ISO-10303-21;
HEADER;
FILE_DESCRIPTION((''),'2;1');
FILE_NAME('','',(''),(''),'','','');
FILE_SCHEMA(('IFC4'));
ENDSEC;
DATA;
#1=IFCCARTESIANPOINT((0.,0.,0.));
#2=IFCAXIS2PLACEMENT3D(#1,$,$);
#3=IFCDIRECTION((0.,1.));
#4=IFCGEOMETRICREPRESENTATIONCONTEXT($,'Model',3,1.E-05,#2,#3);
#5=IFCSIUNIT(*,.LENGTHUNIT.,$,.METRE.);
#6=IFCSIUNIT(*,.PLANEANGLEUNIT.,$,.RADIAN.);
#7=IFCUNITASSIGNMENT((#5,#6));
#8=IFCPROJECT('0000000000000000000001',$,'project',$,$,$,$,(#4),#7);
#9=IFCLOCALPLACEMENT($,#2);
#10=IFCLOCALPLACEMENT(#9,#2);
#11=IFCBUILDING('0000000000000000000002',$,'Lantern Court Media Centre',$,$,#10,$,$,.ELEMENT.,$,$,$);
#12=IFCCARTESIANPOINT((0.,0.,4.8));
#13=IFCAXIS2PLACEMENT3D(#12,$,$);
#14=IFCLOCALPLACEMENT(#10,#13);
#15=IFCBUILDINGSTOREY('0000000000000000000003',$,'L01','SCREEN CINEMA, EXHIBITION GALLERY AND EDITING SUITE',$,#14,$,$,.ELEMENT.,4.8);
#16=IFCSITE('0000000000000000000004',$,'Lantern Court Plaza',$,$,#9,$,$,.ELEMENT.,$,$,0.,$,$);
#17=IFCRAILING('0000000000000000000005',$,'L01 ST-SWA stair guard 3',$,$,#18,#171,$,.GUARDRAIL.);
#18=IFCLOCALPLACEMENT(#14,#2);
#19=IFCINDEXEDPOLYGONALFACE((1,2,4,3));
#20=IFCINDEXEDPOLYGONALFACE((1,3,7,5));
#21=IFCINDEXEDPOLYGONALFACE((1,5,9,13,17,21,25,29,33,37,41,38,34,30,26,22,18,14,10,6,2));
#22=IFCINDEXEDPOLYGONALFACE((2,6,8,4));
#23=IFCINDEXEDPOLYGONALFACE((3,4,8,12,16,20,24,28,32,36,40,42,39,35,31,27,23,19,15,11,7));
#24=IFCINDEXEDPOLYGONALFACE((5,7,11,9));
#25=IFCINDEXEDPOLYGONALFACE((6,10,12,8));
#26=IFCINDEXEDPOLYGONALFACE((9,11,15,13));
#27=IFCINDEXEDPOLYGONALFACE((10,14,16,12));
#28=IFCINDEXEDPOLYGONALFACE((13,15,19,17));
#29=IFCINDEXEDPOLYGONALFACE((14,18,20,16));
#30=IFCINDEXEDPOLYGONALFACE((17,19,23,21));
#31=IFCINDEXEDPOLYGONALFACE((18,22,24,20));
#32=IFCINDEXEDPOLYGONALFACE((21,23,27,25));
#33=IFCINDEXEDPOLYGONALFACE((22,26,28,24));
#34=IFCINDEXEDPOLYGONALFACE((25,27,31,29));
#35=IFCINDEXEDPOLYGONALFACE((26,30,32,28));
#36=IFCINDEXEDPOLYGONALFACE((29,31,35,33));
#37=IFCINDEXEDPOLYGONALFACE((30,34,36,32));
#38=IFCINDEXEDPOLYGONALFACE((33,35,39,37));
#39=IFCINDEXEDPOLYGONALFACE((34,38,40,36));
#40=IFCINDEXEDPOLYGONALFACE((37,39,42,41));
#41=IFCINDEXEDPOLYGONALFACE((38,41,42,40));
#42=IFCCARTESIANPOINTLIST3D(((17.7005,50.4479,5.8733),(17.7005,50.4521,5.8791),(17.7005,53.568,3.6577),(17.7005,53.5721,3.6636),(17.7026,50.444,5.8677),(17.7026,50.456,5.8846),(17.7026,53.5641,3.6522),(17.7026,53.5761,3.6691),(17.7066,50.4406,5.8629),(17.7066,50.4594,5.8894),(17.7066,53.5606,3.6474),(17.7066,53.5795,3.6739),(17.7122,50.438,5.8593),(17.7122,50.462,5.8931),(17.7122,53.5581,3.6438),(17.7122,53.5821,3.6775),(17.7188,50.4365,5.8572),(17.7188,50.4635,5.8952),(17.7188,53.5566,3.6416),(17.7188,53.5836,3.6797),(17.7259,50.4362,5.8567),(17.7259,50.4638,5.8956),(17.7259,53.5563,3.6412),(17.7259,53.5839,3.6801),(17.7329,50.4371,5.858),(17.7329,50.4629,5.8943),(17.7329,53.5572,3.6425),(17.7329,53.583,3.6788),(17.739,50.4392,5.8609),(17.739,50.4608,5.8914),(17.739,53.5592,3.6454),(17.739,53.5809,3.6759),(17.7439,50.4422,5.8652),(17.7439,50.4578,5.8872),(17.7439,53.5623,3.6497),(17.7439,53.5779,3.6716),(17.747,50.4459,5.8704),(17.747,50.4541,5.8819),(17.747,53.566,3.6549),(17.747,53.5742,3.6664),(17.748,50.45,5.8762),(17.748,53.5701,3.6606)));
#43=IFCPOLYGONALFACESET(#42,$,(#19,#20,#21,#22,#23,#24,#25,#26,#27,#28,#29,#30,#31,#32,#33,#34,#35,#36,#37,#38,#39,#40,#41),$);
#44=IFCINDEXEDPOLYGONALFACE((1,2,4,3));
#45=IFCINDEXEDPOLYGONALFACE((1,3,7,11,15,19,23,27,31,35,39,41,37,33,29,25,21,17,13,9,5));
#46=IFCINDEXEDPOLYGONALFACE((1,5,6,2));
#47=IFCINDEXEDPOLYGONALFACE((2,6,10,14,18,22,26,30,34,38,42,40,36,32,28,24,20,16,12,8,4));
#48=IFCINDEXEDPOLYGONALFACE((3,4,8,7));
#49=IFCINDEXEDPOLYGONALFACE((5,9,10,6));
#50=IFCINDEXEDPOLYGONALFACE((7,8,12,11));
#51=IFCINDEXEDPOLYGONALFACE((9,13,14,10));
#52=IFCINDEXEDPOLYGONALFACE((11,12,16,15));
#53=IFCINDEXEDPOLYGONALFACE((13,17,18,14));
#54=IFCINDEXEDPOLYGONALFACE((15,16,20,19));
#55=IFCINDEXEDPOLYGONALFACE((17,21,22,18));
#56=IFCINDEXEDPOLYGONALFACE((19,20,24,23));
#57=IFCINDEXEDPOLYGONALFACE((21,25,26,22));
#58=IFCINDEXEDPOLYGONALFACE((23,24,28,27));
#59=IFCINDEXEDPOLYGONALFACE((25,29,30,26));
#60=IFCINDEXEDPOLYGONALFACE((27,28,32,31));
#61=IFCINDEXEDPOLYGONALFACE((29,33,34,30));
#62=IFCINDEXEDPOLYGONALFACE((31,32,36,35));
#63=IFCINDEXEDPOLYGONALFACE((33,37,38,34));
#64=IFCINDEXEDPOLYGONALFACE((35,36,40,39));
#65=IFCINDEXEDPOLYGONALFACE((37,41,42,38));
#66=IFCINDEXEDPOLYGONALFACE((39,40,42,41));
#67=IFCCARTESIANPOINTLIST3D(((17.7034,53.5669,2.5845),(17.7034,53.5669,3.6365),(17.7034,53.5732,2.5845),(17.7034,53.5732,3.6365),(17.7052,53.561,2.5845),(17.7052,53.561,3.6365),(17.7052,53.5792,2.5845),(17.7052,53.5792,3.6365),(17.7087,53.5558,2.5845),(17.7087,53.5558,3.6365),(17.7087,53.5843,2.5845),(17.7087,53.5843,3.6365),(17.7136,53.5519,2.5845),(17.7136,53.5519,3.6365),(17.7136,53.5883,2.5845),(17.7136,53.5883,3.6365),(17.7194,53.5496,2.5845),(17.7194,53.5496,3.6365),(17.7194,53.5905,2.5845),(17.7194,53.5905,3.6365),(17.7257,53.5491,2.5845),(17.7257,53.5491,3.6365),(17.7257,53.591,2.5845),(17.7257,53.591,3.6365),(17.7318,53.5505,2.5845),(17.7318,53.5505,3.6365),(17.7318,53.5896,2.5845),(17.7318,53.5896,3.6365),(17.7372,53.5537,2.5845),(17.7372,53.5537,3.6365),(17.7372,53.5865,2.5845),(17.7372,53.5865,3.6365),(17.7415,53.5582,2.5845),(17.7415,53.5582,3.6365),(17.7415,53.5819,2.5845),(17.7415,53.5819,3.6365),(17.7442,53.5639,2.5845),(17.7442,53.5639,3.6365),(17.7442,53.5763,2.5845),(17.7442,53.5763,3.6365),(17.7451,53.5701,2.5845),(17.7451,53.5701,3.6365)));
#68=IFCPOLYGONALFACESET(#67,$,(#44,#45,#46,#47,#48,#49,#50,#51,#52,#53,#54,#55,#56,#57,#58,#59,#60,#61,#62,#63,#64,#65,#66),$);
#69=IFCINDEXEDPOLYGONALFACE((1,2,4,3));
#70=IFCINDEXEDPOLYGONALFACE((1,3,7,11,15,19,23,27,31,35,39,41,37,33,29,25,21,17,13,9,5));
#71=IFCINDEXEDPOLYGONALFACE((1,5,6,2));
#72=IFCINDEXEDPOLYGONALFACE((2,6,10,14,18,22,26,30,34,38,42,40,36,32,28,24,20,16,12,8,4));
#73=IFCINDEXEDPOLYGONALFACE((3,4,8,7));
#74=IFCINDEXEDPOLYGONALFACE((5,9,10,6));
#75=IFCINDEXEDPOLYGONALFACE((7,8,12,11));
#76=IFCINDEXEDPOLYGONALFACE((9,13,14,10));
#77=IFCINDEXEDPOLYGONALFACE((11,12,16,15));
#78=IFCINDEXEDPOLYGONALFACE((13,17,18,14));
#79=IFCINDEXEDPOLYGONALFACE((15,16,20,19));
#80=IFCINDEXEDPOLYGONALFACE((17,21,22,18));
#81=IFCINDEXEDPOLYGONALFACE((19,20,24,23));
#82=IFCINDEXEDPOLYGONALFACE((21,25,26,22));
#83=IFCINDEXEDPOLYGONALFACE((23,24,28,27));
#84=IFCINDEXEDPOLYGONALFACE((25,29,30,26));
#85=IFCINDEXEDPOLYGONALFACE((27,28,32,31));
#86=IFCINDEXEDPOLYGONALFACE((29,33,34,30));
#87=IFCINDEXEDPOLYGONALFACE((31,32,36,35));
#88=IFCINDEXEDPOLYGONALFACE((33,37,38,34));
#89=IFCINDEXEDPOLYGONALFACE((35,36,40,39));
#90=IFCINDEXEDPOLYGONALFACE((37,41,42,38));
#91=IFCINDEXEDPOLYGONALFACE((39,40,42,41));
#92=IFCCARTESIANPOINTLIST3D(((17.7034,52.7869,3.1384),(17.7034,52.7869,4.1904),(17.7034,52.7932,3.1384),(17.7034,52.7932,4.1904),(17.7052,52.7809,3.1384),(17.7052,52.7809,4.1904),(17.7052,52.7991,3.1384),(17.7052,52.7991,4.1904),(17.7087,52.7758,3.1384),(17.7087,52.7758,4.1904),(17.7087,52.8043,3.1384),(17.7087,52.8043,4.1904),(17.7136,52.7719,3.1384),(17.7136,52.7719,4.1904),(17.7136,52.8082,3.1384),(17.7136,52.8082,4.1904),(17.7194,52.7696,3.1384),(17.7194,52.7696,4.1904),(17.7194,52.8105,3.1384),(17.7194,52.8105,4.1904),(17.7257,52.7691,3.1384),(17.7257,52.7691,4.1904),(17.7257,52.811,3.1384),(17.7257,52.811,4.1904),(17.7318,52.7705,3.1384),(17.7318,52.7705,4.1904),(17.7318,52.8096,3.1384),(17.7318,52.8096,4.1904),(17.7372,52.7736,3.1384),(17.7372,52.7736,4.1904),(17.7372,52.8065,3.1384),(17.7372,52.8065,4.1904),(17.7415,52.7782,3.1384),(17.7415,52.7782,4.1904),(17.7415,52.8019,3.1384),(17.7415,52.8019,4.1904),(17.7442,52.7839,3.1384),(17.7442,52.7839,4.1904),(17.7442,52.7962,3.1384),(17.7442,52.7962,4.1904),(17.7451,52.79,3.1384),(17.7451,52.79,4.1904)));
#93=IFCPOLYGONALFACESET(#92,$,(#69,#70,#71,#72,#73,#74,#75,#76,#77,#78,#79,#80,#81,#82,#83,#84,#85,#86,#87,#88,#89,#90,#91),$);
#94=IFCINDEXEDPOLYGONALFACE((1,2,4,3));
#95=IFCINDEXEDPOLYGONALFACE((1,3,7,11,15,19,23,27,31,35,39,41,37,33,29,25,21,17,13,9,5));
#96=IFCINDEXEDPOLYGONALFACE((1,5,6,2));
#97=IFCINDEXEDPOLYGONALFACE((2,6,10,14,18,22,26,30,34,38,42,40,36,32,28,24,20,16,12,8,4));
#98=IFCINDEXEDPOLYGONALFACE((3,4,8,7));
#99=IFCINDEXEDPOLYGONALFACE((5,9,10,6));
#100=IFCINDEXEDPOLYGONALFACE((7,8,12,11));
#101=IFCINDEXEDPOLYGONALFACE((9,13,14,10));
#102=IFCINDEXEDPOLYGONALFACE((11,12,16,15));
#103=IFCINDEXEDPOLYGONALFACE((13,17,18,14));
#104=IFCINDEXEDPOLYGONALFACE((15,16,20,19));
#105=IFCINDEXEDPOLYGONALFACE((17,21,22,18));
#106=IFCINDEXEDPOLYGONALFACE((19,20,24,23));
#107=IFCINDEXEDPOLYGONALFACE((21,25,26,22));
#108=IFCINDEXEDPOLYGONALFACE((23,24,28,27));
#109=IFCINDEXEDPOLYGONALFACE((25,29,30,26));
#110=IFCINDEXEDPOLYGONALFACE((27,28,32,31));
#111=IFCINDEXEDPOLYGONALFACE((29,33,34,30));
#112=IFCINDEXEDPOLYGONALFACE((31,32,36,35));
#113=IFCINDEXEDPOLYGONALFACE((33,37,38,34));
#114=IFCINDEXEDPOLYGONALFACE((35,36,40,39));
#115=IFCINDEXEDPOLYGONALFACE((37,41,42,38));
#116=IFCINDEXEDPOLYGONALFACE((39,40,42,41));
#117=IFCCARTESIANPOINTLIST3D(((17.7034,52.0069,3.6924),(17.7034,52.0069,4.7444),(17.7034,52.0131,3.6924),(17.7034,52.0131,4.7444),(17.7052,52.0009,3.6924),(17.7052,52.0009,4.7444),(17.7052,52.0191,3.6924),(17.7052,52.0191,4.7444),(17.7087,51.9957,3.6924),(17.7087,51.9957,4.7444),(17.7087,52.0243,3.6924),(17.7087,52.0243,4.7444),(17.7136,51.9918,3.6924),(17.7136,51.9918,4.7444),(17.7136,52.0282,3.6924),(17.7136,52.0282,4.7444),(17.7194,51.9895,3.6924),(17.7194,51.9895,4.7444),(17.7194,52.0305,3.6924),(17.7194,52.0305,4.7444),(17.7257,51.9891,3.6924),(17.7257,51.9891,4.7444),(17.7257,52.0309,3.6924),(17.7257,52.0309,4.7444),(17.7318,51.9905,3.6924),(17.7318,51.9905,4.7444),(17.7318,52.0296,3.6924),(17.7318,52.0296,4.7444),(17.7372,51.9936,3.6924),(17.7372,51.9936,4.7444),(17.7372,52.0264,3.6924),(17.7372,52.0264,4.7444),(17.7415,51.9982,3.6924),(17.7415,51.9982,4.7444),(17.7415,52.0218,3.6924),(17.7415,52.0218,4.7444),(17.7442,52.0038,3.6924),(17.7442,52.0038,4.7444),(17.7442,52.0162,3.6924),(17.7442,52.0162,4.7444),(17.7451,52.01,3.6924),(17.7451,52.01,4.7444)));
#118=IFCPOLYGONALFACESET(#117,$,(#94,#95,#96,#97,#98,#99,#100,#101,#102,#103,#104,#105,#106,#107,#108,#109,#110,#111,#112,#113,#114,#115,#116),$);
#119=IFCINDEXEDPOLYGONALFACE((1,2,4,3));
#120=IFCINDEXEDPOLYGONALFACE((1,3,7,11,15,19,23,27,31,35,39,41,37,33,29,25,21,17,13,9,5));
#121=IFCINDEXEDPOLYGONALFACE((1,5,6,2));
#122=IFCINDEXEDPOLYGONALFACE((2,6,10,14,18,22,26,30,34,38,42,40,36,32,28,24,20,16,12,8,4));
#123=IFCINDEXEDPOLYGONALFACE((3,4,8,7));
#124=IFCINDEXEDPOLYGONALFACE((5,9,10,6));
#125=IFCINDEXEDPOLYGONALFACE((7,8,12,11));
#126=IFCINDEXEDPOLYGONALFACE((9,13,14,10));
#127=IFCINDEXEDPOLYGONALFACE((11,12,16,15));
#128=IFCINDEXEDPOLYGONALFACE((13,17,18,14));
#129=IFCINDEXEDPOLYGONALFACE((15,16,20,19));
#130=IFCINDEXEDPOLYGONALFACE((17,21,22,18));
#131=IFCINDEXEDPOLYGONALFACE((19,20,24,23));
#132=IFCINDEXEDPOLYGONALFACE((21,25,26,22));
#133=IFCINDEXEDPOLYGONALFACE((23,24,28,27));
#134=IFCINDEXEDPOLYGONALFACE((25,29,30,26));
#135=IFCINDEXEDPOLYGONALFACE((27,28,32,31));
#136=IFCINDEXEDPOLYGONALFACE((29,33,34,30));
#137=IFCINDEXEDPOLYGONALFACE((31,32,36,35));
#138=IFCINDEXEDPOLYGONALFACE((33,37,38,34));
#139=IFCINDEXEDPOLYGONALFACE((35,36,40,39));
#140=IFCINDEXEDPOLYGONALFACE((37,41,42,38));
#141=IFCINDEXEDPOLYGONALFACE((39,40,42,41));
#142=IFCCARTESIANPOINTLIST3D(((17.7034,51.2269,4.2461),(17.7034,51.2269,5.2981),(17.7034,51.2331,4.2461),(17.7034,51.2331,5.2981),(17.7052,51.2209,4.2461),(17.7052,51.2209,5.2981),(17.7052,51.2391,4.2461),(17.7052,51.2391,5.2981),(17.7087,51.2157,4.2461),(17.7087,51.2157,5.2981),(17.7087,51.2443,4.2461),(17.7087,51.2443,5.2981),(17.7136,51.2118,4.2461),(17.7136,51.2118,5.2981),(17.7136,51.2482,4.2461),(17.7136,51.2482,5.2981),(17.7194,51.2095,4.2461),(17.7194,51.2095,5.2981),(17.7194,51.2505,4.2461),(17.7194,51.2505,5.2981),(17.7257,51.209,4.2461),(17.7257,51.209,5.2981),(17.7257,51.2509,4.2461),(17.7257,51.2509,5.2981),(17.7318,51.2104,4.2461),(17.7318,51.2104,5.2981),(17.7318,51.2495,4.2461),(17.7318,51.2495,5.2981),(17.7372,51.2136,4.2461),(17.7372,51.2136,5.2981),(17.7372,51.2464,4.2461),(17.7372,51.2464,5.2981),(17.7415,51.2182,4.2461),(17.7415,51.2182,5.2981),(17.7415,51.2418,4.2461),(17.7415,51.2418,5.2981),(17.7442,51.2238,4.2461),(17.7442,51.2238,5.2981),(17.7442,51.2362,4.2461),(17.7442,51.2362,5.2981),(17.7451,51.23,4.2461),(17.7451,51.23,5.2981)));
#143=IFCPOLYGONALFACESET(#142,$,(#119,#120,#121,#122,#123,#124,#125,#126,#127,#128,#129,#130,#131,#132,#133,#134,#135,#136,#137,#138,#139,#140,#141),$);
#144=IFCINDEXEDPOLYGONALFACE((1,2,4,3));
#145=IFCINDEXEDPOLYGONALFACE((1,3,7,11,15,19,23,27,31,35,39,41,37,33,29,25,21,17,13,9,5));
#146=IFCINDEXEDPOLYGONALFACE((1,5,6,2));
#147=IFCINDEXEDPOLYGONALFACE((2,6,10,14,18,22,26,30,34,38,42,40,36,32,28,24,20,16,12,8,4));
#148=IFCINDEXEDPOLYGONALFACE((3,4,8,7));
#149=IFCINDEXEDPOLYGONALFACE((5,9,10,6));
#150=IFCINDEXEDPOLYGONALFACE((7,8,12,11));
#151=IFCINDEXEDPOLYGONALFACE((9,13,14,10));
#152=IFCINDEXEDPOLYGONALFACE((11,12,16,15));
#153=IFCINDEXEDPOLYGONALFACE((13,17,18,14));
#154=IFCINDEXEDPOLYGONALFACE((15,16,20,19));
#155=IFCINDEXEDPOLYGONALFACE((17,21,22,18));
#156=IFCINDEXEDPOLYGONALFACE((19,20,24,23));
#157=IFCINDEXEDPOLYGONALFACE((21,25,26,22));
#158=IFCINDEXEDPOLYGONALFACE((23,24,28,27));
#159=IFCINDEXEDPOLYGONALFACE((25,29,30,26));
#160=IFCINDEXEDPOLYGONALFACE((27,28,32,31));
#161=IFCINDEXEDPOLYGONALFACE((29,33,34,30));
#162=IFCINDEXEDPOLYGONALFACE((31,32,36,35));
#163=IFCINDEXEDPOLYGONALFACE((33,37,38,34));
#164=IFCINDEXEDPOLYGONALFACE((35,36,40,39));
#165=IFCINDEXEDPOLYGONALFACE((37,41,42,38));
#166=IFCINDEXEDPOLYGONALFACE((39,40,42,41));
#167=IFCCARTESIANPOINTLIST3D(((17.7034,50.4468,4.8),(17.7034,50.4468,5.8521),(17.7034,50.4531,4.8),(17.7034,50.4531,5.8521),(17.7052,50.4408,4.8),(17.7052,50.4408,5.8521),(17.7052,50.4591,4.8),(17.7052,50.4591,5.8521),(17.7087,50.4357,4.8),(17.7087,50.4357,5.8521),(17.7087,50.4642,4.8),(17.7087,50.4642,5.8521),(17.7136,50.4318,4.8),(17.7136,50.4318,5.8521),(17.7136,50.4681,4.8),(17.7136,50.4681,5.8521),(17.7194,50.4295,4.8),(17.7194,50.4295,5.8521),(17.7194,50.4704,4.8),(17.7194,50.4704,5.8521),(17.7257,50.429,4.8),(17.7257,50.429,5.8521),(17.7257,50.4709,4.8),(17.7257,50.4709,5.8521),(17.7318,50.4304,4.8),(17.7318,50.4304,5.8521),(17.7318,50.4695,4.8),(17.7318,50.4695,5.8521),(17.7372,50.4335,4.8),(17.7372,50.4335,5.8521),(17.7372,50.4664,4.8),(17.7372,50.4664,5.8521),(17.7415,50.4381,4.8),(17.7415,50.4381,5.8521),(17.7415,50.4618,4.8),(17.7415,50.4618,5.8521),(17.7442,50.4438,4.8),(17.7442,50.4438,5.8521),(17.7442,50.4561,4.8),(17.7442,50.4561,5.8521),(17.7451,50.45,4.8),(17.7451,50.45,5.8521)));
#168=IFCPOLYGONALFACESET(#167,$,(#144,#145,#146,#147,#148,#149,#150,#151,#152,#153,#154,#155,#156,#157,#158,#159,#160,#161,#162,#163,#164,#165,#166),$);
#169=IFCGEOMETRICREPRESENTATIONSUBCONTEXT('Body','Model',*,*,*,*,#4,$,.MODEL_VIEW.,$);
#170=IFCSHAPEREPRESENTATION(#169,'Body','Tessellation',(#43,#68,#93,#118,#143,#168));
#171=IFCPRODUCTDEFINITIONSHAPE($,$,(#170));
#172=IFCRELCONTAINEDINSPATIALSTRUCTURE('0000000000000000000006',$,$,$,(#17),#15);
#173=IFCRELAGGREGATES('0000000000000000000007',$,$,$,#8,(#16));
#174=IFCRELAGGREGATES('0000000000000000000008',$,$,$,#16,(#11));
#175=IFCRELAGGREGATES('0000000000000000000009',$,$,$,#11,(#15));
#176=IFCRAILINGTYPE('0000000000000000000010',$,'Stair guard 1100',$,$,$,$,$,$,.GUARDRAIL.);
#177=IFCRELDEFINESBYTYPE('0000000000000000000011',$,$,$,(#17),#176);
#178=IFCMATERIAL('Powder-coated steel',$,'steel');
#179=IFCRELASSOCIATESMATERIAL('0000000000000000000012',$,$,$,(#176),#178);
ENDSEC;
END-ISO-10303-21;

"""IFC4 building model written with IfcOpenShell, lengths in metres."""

from ifc_helpers import new_model, si_unit, direction, frame, origin, origin_2d, place, context, subcontext, project, spatial, circle, extrude, material, type_object, element, save


model = new_model("IFC4")

# Units and contexts
model_context = context("Model", 3, precision=1e-05, world=origin(), true_north=direction((0.0, 1.0)))
body_context = subcontext(model_context, "Body", "Model", "MODEL_VIEW")
ifc_project = project(units=[si_unit("LENGTHUNIT", "METRE"), si_unit("PLANEANGLEUNIT", "RADIAN")], contexts=[model_context])

# Site, building, storey
site_placement = place(None, origin())
site = spatial("IfcSite", under=ifc_project, at=site_placement, Name="Lantern Court Plaza", CompositionType="ELEMENT", RefElevation=0.0)
building_placement = place(site_placement, origin())
building = spatial("IfcBuilding", under=site, at=building_placement, Name="Lantern Court Media Centre", CompositionType="ELEMENT")
storey_placement = place(building_placement, frame((0.0, 0.0, 4.8)))
storey = spatial("IfcBuildingStorey", under=building, at=storey_placement, Name="L01", Description="SCREEN CINEMA, EXHIBITION GALLERY AND EDITING SUITE", CompositionType="ELEMENT", Elevation=4.8)

# Shared definitions
ifc_material_1 = material(Name="Powder-coated steel", Category="steel")

# Railing
railing_type_1 = type_object("IfcRailingType", Name="Stair guard 1100", PredefinedType="GUARDRAIL", material=ifc_material_1)
railing_1_placement = place(storey_placement, frame((17.7241, 53.5701, 2.5845)))
element("IfcRailing", 1, at=railing_1_placement, inside=storey, type_object=railing_type_1, Name="L01 ST-SWA stair guard 3", PredefinedType="GUARDRAIL", context=body_context, shape_type="SweptSolid", body=[
    extrude(circle(Radius=0.0239, at=origin_2d()), frame((0.0, 0.0, 1.0762), z_axis=(0.0, -0.815347, 0.578973), x_axis=(1.0, 0.0, 0.0)), (0.0, 0.0, 1.0), 3.8267),
    extrude(circle(Radius=0.021, at=origin_2d()), origin(), (0.0, 0.0, 1.0), 1.052),
    extrude(circle(Radius=0.021, at=origin_2d()), frame((0.0, -0.78, 0.554)), (0.0, 0.0, 1.0), 1.052),
    extrude(circle(Radius=0.021, at=origin_2d()), frame((0.0, -1.5601, 1.1079)), (0.0, 0.0, 1.0), 1.052),
    extrude(circle(Radius=0.021, at=origin_2d()), frame((0.0, -2.3401, 1.6616)), (0.0, 0.0, 1.0), 1.052),
    extrude(circle(Radius=0.021, at=origin_2d()), frame((0.0, -3.1201, 2.2156)), (0.0, 0.0, 1.0), 1.052),
])

save(model, "model.ifc")
